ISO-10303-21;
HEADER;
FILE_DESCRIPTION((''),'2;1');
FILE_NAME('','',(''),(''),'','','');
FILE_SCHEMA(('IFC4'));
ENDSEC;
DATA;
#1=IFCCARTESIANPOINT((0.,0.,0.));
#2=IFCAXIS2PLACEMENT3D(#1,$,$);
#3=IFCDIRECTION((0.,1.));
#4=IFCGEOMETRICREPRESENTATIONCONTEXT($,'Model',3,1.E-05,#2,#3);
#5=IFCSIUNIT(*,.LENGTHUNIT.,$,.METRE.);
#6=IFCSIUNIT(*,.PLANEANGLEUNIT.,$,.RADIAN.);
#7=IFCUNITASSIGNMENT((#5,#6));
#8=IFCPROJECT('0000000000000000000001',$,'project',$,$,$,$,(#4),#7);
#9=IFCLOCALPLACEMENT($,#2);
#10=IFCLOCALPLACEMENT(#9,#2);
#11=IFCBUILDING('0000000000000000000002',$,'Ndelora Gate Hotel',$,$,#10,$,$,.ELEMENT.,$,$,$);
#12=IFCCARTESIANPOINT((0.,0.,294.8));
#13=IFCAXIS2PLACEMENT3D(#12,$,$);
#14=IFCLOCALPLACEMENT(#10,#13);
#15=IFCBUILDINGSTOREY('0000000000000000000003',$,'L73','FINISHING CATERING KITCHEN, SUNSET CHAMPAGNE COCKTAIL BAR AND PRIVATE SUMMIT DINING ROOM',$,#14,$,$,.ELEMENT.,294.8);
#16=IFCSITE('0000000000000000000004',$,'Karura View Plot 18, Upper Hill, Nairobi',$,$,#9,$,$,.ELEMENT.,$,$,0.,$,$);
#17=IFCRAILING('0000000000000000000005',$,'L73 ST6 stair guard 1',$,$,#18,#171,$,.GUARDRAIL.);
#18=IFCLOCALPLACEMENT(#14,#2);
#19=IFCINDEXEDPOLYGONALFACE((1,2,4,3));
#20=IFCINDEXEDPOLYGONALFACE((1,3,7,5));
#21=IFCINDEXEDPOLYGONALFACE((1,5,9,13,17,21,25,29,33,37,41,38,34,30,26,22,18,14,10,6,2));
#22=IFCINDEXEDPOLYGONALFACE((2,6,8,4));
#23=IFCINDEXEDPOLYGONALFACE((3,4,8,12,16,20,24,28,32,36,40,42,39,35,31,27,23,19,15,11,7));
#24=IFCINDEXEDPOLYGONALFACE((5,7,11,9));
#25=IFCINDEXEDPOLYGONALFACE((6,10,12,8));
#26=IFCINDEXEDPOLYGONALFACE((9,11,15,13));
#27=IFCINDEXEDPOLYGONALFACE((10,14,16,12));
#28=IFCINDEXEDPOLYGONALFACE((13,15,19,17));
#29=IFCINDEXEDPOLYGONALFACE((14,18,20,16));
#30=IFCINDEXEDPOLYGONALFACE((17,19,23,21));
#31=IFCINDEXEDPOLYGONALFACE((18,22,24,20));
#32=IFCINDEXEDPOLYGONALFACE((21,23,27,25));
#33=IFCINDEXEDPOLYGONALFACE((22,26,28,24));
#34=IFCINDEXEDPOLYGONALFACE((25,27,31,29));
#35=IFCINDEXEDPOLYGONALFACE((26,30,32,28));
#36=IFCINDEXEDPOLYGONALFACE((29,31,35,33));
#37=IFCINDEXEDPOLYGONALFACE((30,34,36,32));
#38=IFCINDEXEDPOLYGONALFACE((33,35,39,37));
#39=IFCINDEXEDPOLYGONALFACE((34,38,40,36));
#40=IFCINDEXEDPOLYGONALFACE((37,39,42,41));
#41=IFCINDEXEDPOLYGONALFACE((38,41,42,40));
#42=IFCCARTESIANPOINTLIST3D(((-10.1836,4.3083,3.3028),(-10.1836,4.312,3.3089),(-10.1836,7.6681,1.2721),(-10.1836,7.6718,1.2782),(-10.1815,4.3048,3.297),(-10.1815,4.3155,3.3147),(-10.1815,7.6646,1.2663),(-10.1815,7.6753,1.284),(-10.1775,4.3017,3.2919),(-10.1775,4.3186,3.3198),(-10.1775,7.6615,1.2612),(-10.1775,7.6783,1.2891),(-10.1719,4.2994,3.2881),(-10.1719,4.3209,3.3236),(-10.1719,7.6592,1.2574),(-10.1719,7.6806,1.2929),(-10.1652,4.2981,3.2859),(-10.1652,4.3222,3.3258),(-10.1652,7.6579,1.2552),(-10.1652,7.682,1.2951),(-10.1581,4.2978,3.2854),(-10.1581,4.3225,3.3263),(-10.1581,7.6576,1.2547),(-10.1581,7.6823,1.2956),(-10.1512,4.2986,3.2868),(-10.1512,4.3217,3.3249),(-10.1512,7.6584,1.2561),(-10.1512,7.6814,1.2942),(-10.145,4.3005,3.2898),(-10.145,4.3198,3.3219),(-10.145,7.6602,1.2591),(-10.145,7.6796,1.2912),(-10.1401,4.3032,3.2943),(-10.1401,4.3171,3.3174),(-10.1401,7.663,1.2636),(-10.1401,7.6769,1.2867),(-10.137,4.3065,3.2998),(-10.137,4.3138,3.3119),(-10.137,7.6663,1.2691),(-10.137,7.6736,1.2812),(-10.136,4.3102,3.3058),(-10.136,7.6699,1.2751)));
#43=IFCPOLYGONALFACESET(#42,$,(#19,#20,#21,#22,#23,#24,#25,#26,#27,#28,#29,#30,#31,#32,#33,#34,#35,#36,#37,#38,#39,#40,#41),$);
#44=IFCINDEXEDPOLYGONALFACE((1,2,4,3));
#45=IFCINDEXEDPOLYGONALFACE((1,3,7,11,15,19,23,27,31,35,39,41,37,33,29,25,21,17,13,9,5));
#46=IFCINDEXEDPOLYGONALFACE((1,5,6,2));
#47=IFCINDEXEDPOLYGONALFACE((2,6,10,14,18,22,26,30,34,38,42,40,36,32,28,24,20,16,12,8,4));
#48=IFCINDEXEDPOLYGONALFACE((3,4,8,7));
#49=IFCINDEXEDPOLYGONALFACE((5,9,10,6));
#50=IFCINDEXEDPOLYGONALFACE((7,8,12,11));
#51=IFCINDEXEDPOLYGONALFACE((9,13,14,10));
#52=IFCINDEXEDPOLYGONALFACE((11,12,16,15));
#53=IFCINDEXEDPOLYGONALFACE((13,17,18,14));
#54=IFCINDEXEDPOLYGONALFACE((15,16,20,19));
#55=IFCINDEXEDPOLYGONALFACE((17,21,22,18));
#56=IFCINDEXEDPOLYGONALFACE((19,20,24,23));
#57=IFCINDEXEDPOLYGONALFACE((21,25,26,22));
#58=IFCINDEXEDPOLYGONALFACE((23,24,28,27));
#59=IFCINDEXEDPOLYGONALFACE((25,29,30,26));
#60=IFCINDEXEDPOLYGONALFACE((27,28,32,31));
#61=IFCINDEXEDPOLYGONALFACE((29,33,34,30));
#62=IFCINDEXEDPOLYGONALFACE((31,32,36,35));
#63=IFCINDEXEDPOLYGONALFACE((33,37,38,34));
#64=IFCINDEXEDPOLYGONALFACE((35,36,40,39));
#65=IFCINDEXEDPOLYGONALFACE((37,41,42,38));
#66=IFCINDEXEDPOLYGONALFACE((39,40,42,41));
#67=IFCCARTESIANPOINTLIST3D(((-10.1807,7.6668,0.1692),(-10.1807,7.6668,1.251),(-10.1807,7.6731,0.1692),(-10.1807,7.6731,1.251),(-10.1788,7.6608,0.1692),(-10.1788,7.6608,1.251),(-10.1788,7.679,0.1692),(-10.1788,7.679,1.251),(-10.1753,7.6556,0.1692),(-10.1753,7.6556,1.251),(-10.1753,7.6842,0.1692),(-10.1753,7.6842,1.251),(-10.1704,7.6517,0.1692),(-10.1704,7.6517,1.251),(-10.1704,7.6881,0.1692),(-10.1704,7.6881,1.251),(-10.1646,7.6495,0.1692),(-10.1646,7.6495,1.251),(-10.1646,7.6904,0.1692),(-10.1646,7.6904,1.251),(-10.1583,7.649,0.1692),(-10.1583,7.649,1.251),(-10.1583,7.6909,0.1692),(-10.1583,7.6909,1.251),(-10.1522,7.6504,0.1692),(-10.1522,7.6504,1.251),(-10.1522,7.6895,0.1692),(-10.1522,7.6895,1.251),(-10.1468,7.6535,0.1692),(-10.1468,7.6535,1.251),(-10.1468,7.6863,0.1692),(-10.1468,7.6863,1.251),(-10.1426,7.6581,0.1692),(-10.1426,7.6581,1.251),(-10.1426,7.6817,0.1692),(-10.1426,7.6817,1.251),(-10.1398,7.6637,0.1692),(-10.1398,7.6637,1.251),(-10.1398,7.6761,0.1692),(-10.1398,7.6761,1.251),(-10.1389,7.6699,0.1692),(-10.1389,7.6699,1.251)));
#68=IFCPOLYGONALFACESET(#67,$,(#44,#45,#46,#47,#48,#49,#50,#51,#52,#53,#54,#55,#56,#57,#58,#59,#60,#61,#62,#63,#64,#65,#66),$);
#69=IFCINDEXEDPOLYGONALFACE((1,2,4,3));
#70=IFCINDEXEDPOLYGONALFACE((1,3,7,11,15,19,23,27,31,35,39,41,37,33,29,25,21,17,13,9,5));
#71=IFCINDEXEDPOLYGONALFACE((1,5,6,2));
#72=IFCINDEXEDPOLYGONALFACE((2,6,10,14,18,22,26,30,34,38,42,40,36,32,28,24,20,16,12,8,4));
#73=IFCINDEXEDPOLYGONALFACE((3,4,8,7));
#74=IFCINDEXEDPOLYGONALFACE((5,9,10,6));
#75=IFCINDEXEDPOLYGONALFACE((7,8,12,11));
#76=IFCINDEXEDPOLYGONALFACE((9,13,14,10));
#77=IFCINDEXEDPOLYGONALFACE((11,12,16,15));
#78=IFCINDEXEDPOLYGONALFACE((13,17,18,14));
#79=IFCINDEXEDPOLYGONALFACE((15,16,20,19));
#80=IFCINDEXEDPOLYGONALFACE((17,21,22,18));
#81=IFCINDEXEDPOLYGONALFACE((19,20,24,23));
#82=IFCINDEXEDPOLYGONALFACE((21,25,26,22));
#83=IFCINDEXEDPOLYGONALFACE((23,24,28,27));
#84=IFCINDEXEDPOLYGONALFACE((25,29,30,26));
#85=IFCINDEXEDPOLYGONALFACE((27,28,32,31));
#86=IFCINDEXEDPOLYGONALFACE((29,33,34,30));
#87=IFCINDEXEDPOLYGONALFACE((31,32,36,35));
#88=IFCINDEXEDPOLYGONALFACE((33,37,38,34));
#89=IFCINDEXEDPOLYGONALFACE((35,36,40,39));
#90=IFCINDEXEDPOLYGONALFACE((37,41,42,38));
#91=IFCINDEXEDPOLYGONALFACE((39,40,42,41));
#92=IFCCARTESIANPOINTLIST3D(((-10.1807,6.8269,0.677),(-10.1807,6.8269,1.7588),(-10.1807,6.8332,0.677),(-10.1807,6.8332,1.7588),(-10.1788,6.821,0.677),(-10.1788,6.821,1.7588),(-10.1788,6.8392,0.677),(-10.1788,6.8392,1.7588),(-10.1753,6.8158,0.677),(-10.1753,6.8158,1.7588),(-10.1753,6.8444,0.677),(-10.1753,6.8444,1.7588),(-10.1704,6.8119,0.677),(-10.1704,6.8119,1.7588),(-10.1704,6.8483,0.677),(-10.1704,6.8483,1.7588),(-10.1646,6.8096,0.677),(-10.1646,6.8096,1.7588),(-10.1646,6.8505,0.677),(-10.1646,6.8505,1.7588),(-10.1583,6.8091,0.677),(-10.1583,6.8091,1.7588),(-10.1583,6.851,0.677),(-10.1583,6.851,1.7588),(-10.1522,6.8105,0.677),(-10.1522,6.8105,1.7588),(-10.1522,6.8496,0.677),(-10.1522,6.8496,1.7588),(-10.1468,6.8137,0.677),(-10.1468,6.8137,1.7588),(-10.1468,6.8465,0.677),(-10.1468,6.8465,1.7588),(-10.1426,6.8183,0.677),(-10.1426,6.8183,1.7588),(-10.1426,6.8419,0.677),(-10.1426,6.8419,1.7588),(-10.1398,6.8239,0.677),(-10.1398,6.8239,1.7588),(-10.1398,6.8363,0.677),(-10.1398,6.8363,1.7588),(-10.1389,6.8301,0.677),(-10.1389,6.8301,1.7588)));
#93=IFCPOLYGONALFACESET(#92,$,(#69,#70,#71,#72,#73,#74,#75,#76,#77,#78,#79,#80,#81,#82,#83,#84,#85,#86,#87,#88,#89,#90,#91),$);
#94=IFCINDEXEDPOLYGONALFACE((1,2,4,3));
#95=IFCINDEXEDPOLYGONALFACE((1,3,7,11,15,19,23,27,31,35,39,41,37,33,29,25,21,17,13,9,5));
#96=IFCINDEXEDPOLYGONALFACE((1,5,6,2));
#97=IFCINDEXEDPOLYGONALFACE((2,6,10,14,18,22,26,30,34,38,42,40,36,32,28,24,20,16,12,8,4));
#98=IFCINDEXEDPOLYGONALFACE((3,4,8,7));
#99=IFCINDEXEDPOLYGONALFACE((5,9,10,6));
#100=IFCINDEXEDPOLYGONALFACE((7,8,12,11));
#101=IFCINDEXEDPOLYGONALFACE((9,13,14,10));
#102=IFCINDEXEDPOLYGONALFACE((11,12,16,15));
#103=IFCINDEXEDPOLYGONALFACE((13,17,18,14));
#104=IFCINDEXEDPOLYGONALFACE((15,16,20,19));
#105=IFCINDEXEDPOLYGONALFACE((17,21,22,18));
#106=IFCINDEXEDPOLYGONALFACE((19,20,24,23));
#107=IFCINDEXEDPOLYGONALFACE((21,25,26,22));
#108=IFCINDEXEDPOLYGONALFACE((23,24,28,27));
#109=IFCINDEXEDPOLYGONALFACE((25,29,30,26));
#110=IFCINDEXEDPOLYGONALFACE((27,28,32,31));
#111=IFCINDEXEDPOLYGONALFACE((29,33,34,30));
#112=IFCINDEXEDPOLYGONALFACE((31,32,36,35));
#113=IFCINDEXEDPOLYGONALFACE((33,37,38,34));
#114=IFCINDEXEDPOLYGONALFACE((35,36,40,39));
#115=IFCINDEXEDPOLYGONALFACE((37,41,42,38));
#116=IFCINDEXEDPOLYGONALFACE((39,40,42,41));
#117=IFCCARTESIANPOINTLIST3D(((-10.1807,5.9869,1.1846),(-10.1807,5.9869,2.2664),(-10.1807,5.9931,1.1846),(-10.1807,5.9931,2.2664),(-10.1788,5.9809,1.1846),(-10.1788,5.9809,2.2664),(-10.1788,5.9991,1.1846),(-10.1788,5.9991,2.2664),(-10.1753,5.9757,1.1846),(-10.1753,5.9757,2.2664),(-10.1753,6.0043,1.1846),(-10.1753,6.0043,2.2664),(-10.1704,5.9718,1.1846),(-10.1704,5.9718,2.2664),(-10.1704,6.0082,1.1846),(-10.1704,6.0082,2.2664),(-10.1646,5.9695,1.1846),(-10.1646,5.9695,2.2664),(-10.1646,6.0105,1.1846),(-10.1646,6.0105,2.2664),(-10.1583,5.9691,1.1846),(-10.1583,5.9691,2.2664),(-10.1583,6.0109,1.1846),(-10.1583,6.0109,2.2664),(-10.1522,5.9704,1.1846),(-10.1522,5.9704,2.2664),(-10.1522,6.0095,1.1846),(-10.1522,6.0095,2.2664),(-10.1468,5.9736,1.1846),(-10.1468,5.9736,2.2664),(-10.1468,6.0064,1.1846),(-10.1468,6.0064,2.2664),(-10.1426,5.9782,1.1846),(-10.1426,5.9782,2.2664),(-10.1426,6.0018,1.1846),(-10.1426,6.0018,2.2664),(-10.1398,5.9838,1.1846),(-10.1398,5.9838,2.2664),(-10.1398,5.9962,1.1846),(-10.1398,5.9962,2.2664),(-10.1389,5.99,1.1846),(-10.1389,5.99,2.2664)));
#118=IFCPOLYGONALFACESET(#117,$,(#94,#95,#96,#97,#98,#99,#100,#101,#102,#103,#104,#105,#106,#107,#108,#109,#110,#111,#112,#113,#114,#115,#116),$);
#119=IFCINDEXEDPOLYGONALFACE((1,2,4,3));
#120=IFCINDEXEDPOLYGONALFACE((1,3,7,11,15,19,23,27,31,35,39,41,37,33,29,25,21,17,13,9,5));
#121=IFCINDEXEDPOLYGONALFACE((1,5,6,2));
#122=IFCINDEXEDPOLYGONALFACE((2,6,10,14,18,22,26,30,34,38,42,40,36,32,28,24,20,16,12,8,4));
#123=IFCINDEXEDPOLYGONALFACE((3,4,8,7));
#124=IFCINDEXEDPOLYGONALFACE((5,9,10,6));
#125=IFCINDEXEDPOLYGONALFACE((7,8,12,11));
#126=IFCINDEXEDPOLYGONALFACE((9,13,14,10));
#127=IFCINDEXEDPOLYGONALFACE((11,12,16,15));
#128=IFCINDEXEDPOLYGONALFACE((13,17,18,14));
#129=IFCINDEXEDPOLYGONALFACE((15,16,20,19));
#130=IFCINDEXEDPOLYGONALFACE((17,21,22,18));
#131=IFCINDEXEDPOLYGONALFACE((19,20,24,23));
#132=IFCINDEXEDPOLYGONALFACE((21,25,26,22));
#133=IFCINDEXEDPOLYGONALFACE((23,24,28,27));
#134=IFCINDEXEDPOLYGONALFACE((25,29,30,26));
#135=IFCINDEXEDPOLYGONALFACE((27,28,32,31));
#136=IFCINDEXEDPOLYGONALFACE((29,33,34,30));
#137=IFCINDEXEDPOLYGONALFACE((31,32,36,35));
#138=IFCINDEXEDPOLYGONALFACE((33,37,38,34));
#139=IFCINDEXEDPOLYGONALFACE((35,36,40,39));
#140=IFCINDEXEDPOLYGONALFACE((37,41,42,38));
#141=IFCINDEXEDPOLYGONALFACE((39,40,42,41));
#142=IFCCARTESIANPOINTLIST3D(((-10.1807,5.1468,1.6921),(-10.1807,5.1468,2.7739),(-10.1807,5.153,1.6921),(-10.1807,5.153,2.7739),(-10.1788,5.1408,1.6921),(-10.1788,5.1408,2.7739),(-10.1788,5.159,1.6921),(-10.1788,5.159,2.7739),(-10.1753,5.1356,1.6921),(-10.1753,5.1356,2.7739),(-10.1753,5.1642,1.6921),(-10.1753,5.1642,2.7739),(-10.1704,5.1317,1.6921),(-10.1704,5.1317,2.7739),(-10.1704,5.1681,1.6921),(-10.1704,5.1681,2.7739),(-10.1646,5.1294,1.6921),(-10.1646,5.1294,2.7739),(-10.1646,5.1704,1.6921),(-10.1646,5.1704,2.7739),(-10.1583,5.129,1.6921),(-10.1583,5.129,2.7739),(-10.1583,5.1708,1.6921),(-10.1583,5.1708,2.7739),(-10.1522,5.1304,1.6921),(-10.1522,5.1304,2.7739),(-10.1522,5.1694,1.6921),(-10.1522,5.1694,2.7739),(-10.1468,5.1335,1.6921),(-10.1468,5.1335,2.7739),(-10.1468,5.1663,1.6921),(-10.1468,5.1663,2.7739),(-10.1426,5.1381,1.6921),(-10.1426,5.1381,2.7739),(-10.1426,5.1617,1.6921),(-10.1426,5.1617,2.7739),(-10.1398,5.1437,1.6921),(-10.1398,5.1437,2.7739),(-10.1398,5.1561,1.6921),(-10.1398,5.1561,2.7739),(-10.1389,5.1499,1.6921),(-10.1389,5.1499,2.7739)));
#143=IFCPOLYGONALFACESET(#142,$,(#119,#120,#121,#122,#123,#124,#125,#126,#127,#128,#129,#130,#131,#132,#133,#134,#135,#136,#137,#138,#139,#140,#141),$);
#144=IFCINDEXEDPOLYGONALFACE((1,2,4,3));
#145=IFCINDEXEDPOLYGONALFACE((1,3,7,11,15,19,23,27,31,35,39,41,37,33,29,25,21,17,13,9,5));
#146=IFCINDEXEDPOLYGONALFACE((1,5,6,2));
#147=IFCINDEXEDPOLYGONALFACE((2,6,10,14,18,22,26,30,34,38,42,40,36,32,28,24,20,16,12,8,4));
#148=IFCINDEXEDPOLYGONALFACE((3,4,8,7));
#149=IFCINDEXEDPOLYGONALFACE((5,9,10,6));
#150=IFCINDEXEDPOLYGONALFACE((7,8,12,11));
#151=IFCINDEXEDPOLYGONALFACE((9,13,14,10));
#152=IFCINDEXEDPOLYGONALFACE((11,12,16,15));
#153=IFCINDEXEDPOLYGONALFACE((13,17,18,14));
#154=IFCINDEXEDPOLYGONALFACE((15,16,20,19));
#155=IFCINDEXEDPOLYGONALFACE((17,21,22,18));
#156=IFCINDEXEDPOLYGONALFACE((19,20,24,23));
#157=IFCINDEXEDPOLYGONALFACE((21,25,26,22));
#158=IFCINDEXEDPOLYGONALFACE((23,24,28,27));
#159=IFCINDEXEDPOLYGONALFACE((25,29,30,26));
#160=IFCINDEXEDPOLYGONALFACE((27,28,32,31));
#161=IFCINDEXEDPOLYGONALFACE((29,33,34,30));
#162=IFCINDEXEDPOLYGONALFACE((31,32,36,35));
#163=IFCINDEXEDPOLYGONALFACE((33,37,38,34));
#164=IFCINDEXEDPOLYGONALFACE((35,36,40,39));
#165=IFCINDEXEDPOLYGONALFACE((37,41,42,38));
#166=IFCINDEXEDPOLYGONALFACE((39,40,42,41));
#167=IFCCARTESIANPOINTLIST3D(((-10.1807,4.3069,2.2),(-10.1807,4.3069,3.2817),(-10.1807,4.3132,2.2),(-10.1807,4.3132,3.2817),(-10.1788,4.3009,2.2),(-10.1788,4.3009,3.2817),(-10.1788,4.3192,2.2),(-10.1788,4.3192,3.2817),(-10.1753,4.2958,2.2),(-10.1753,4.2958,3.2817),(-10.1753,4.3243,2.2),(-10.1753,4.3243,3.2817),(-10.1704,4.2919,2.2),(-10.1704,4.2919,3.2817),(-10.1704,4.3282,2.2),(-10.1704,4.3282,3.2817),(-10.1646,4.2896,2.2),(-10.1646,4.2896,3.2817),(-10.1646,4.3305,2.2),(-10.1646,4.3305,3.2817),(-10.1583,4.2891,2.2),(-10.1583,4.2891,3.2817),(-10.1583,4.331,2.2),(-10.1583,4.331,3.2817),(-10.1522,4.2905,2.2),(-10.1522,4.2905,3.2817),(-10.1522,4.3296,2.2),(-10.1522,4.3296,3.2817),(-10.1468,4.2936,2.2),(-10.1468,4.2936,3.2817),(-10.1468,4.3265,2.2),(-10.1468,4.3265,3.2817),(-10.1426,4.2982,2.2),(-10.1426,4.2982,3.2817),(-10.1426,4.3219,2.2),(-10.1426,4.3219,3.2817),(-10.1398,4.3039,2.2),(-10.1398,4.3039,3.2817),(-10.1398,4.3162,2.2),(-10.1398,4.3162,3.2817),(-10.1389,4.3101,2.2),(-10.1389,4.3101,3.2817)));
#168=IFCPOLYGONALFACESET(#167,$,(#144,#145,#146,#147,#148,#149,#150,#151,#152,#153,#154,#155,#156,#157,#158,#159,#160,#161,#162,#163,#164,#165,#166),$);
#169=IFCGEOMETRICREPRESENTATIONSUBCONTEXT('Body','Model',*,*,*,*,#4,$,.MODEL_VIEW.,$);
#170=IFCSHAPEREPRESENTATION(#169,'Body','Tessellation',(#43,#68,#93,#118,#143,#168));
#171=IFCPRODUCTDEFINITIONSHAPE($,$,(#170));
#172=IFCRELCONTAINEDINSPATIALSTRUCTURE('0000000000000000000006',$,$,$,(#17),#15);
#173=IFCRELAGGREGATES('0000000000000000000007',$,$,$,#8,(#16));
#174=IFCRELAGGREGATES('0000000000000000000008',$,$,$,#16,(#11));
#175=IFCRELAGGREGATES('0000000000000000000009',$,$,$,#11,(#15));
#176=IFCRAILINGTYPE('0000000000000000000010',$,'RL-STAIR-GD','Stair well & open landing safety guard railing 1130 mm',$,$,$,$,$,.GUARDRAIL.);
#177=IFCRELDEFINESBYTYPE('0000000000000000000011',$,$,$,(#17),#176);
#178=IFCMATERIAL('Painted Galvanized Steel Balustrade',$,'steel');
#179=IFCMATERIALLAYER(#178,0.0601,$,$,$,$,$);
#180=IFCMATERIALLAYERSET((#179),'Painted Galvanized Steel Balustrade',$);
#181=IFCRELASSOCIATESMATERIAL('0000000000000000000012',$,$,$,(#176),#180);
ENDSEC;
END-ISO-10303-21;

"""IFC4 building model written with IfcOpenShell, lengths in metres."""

from ifc_helpers import new_model, si_unit, direction, frame, origin, origin_2d, place, context, subcontext, project, spatial, circle, extrude, material, layer, layer_set, type_object, element, save


model = new_model("IFC4")

# Units and contexts
model_context = context("Model", 3, precision=1e-05, world=origin(), true_north=direction((0.0, 1.0)))
body_context = subcontext(model_context, "Body", "Model", "MODEL_VIEW")
ifc_project = project(units=[si_unit("LENGTHUNIT", "METRE"), si_unit("PLANEANGLEUNIT", "RADIAN")], contexts=[model_context])

# Site, building, storey
site_placement = place(None, origin())
site = spatial("IfcSite", under=ifc_project, at=site_placement, Name="Karura View Plot 18, Upper Hill, Nairobi", CompositionType="ELEMENT", RefElevation=0.0)
building_placement = place(site_placement, origin())
building = spatial("IfcBuilding", under=site, at=building_placement, Name="Ndelora Gate Hotel", CompositionType="ELEMENT")
storey_placement = place(building_placement, frame((0.0, 0.0, 294.8)))
storey = spatial("IfcBuildingStorey", under=building, at=storey_placement, Name="L73", Description="FINISHING CATERING KITCHEN, SUNSET CHAMPAGNE COCKTAIL BAR AND PRIVATE SUMMIT DINING ROOM", CompositionType="ELEMENT", Elevation=294.8)

# Railing
ifc_material_1 = material(Name="Painted Galvanized Steel Balustrade", Category="steel")
ifc_layer_1 = layer(ifc_material_1, 0.0601)
ifc_layer_set_1 = layer_set([ifc_layer_1], Name="Painted Galvanized Steel Balustrade")
railing_type_1 = type_object("IfcRailingType", Name="RL-STAIR-GD", Description="Stair well & open landing safety guard railing 1130 mm", PredefinedType="GUARDRAIL", material=ifc_layer_set_1)
railing_1_placement = place(storey_placement, frame((-10.1599, 7.6699, 0.1692)))
element("IfcRailing", 1, at=railing_1_placement, inside=storey, type_object=railing_type_1, Name="L73 ST6 stair guard 1", PredefinedType="GUARDRAIL", context=body_context, shape_type="SweptSolid", body=[
    extrude(circle(Radius=0.0239, at=origin_2d()), frame((0.0, 0.0, 1.106), z_axis=(0.0, -0.85582, 0.517273), x_axis=(1.0, 0.0, 0.0)), (0.0, 0.0, 1.0), 3.9258),
    extrude(circle(Radius=0.021, at=origin_2d()), origin(), (0.0, 0.0, 1.0), 1.0818),
    extrude(circle(Radius=0.021, at=origin_2d()), frame((0.0, -0.8398, 0.5078)), (0.0, 0.0, 1.0), 1.0818),
    extrude(circle(Radius=0.021, at=origin_2d()), frame((0.0, -1.6799, 1.0154)), (0.0, 0.0, 1.0), 1.0818),
    extrude(circle(Radius=0.021, at=origin_2d()), frame((0.0, -2.52, 1.5229)), (0.0, 0.0, 1.0), 1.0818),
    extrude(circle(Radius=0.021, at=origin_2d()), frame((0.0, -3.3599, 2.0308)), (0.0, 0.0, 1.0), 1.0818),
])

save(model, "model.ifc")
